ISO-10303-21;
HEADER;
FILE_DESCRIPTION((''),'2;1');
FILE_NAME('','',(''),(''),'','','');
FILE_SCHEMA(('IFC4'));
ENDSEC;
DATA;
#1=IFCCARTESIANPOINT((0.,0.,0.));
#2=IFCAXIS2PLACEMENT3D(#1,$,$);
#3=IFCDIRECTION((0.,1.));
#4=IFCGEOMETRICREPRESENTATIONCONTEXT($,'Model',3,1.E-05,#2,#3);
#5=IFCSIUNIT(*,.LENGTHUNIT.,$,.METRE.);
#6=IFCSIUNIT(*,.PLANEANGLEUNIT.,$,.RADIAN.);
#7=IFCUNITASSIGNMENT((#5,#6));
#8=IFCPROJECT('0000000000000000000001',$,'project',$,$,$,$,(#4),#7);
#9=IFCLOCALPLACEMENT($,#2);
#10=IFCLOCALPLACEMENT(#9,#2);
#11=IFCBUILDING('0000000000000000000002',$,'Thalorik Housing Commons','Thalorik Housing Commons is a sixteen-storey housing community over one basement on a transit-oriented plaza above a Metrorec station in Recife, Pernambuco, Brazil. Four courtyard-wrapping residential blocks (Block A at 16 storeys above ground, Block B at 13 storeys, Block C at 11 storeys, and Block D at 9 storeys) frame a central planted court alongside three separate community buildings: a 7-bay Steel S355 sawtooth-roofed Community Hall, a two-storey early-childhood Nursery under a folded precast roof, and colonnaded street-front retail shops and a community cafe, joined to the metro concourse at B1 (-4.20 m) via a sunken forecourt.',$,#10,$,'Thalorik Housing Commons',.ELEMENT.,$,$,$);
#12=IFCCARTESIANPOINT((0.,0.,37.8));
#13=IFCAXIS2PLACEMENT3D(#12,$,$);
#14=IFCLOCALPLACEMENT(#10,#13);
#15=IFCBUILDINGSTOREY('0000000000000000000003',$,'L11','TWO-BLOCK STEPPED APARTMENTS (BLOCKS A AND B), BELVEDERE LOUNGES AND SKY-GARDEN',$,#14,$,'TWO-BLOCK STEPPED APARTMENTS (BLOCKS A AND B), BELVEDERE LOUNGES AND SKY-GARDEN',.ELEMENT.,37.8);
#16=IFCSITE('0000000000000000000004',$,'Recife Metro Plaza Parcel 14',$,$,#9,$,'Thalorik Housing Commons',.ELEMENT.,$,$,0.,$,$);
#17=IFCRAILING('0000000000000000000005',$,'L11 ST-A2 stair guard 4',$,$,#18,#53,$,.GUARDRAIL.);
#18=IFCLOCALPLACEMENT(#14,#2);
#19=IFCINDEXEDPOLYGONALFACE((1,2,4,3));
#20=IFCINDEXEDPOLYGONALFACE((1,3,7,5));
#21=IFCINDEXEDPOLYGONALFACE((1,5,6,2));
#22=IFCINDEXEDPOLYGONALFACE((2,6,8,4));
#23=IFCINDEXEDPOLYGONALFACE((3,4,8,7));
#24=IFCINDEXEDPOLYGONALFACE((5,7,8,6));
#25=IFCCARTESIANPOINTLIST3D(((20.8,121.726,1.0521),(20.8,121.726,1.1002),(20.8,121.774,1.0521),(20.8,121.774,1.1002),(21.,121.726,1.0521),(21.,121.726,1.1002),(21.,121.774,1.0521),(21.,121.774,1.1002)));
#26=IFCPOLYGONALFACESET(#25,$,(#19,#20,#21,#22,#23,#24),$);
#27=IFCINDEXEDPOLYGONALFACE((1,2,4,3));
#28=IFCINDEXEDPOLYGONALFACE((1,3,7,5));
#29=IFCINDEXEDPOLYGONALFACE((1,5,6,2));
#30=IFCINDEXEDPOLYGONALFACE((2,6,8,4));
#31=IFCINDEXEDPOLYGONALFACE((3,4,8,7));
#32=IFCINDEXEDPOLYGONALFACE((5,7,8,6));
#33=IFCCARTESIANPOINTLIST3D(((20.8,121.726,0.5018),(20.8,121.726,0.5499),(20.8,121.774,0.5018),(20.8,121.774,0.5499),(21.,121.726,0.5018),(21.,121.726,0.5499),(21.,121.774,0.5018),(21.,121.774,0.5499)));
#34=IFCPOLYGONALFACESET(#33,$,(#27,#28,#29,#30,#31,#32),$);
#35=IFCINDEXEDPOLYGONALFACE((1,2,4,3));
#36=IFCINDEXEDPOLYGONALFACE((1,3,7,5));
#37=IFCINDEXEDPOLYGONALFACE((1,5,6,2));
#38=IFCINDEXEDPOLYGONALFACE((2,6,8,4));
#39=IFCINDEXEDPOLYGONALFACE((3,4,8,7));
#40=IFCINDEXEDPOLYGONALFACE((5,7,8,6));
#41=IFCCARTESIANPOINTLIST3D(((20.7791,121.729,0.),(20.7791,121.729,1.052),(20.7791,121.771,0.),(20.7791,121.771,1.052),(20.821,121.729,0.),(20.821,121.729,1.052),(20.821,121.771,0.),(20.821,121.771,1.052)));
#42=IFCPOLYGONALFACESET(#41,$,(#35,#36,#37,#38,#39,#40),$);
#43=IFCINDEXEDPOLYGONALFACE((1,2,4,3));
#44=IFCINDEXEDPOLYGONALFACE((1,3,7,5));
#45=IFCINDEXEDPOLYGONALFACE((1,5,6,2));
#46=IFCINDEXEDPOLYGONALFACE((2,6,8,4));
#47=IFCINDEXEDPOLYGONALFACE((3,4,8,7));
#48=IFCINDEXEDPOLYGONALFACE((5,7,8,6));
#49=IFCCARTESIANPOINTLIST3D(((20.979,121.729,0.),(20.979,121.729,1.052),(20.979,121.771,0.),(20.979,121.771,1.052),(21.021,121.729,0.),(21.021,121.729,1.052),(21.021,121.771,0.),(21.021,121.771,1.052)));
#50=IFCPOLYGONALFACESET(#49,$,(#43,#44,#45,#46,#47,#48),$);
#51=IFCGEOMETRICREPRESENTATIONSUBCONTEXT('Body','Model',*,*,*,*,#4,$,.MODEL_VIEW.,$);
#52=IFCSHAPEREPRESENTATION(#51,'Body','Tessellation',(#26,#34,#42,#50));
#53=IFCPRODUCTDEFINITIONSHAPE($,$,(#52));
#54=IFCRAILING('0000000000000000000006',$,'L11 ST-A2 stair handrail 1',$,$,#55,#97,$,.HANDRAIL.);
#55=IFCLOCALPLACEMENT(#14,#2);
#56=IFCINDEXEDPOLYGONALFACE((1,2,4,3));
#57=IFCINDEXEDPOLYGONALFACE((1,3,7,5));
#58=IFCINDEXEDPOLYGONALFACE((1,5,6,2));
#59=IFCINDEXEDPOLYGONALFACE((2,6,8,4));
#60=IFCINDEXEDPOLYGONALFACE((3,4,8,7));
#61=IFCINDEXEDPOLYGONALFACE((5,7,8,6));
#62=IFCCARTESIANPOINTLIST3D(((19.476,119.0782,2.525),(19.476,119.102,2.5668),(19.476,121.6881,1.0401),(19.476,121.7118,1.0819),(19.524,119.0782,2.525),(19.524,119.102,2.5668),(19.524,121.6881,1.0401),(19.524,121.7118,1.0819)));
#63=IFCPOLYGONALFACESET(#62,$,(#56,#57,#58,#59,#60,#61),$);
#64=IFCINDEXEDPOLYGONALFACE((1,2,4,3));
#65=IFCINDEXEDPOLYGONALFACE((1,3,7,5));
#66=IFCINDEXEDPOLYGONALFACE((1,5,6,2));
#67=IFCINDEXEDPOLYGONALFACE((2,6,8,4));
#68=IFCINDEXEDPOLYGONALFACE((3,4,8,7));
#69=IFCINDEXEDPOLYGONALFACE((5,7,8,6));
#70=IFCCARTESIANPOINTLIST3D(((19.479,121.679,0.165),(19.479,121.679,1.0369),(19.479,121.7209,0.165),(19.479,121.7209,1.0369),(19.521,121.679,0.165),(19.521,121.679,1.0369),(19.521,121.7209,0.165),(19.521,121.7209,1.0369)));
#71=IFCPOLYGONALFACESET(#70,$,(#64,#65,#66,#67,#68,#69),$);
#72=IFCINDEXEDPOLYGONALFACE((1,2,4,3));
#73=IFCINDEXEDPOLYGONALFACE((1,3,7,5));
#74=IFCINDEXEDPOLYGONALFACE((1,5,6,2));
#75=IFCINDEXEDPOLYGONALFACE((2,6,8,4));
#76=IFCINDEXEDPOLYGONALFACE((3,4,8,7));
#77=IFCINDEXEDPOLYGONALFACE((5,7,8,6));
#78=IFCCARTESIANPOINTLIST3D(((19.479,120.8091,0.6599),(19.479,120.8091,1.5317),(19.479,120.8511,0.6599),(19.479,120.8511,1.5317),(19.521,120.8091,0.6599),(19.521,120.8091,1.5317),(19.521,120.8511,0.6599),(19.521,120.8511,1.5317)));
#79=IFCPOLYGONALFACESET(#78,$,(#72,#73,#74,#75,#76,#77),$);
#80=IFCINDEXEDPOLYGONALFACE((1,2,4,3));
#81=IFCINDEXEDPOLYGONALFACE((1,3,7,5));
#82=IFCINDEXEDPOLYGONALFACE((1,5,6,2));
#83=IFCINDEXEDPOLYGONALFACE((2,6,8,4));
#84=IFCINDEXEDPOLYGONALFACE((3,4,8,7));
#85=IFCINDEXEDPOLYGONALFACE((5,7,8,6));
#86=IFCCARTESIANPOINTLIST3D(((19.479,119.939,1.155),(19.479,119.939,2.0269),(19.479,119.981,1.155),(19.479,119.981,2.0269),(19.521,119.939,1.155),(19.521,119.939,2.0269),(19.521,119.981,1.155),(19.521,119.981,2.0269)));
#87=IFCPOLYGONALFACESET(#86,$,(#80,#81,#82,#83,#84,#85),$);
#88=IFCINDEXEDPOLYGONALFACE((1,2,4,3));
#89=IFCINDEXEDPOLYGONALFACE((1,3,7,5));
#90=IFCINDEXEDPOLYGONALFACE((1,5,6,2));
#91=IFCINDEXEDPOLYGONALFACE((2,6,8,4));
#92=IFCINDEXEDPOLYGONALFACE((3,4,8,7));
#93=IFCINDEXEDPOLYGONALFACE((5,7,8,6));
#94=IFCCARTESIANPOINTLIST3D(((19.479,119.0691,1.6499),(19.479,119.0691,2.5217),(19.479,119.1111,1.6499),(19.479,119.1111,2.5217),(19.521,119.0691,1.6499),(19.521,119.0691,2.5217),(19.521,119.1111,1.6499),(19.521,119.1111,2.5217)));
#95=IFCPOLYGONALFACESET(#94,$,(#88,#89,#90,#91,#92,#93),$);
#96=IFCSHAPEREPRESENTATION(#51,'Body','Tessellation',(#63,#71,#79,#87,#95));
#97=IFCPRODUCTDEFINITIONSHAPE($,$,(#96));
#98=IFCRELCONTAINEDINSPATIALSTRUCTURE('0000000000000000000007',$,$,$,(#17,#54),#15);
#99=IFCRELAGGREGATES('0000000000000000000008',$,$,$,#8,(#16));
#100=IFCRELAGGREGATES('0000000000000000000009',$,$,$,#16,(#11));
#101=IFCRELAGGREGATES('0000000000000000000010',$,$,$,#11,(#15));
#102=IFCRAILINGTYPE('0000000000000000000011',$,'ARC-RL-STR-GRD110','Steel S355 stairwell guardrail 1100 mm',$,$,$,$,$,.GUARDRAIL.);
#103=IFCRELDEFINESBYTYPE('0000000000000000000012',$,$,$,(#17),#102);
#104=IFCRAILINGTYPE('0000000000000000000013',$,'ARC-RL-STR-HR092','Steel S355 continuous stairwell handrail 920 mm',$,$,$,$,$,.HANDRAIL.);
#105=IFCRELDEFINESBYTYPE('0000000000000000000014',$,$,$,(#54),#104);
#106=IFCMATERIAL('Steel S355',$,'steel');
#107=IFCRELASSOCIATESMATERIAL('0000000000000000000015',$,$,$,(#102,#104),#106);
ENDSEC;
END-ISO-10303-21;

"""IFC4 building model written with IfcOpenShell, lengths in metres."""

from ifc_helpers import new_model, si_unit, direction, frame, origin, origin_2d, place, context, subcontext, project, spatial, rectangle, extrude, material, type_object, element, save


model = new_model("IFC4")

# Units and contexts
model_context = context("Model", 3, precision=1e-05, world=origin(), true_north=direction((0.0, 1.0)))
body_context = subcontext(model_context, "Body", "Model", "MODEL_VIEW")
ifc_project = project(units=[si_unit("LENGTHUNIT", "METRE"), si_unit("PLANEANGLEUNIT", "RADIAN")], contexts=[model_context])

# Site, building, storey
site_placement = place(None, origin())
site = spatial("IfcSite", under=ifc_project, at=site_placement, Name="Recife Metro Plaza Parcel 14", LongName="Thalorik Housing Commons", CompositionType="ELEMENT", RefElevation=0.0)
building_placement = place(site_placement, origin())
building = spatial("IfcBuilding", under=site, at=building_placement, Name="Thalorik Housing Commons", Description="Thalorik Housing Commons is a sixteen-storey housing community over one basement on a transit-oriented plaza above a Metrorec station in Recife, Pernambuco, Brazil. Four courtyard-wrapping residential blocks (Block A at 16 storeys above ground, Block B at 13 storeys, Block C at 11 storeys, and Block D at 9 storeys) frame a central planted court alongside three separate community buildings: a 7-bay Steel S355 sawtooth-roofed Community Hall, a two-storey early-childhood Nursery under a folded precast roof, and colonnaded street-front retail shops and a community cafe, joined to the metro concourse at B1 (-4.20 m) via a sunken forecourt.", LongName="Thalorik Housing Commons", CompositionType="ELEMENT")
storey_placement = place(building_placement, frame((0.0, 0.0, 37.8)))
storey = spatial("IfcBuildingStorey", under=building, at=storey_placement, Name="L11", Description="TWO-BLOCK STEPPED APARTMENTS (BLOCKS A AND B), BELVEDERE LOUNGES AND SKY-GARDEN", LongName="TWO-BLOCK STEPPED APARTMENTS (BLOCKS A AND B), BELVEDERE LOUNGES AND SKY-GARDEN", CompositionType="ELEMENT", Elevation=37.8)

# Shared definitions
ifc_material_1 = material(Name="Steel S355", Category="steel")

# Railings
railing_type_1 = type_object("IfcRailingType", Name="ARC-RL-STR-GRD110", Description="Steel S355 stairwell guardrail 1100 mm", PredefinedType="GUARDRAIL", material=ifc_material_1)
railing_1_placement = place(storey_placement, frame((20.8, 121.75, 0.0)))
element("IfcRailing", 1, at=railing_1_placement, inside=storey, type_object=railing_type_1, Name="L11 ST-A2 stair guard 4", PredefinedType="GUARDRAIL", context=body_context, shape_type="SweptSolid", body=[
    extrude(rectangle(XDim=0.0481, YDim=0.0481, at=origin_2d()), frame((0.0, 0.0, 1.0762), z_axis=(1.0, 0.0, 0.0), x_axis=(0.0, 1.0, 0.0)), (0.0, 0.0, 1.0), 0.2),
    extrude(rectangle(XDim=0.0481, YDim=0.0481, at=origin_2d()), frame((0.0, 0.0, 0.5259), z_axis=(1.0, 0.0, 0.0), x_axis=(0.0, 1.0, 0.0)), (0.0, 0.0, 1.0), 0.2),
    extrude(rectangle(XDim=0.042, YDim=0.042, at=origin_2d()), origin(), (0.0, 0.0, 1.0), 1.052),
    extrude(rectangle(XDim=0.042, YDim=0.042, at=origin_2d()), frame((0.2, 0.0, 0.0)), (0.0, 0.0, 1.0), 1.052),
])
railing_type_2 = type_object("IfcRailingType", Name="ARC-RL-STR-HR092", Description="Steel S355 continuous stairwell handrail 920 mm", PredefinedType="HANDRAIL", material=ifc_material_1)
railing_2_placement = place(storey_placement, frame((19.5, 121.7, 0.165)))
element("IfcRailing", 2, at=railing_2_placement, inside=storey, type_object=railing_type_2, Name="L11 ST-A2 stair handrail 1", PredefinedType="HANDRAIL", context=body_context, shape_type="SweptSolid", body=[
    extrude(rectangle(XDim=0.0481, YDim=0.0481, at=origin_2d()), frame((0.0, 0.0, 0.896), z_axis=(0.0, -0.869172, 0.494509), x_axis=(1.0, 0.0, 0.0)), (0.0, 0.0, 1.0), 3.0027),
    extrude(rectangle(XDim=0.042, YDim=0.042, at=origin_2d()), origin(), (0.0, 0.0, 1.0), 0.8718),
    extrude(rectangle(XDim=0.042, YDim=0.042, at=origin_2d()), frame((0.0, -0.8699, 0.4949)), (0.0, 0.0, 1.0), 0.8718),
    extrude(rectangle(XDim=0.042, YDim=0.042, at=origin_2d()), frame((0.0, -1.74, 0.99)), (0.0, 0.0, 1.0), 0.8718),
    extrude(rectangle(XDim=0.042, YDim=0.042, at=origin_2d()), frame((0.0, -2.6099, 1.4849)), (0.0, 0.0, 1.0), 0.8718),
])

save(model, "model.ifc")
